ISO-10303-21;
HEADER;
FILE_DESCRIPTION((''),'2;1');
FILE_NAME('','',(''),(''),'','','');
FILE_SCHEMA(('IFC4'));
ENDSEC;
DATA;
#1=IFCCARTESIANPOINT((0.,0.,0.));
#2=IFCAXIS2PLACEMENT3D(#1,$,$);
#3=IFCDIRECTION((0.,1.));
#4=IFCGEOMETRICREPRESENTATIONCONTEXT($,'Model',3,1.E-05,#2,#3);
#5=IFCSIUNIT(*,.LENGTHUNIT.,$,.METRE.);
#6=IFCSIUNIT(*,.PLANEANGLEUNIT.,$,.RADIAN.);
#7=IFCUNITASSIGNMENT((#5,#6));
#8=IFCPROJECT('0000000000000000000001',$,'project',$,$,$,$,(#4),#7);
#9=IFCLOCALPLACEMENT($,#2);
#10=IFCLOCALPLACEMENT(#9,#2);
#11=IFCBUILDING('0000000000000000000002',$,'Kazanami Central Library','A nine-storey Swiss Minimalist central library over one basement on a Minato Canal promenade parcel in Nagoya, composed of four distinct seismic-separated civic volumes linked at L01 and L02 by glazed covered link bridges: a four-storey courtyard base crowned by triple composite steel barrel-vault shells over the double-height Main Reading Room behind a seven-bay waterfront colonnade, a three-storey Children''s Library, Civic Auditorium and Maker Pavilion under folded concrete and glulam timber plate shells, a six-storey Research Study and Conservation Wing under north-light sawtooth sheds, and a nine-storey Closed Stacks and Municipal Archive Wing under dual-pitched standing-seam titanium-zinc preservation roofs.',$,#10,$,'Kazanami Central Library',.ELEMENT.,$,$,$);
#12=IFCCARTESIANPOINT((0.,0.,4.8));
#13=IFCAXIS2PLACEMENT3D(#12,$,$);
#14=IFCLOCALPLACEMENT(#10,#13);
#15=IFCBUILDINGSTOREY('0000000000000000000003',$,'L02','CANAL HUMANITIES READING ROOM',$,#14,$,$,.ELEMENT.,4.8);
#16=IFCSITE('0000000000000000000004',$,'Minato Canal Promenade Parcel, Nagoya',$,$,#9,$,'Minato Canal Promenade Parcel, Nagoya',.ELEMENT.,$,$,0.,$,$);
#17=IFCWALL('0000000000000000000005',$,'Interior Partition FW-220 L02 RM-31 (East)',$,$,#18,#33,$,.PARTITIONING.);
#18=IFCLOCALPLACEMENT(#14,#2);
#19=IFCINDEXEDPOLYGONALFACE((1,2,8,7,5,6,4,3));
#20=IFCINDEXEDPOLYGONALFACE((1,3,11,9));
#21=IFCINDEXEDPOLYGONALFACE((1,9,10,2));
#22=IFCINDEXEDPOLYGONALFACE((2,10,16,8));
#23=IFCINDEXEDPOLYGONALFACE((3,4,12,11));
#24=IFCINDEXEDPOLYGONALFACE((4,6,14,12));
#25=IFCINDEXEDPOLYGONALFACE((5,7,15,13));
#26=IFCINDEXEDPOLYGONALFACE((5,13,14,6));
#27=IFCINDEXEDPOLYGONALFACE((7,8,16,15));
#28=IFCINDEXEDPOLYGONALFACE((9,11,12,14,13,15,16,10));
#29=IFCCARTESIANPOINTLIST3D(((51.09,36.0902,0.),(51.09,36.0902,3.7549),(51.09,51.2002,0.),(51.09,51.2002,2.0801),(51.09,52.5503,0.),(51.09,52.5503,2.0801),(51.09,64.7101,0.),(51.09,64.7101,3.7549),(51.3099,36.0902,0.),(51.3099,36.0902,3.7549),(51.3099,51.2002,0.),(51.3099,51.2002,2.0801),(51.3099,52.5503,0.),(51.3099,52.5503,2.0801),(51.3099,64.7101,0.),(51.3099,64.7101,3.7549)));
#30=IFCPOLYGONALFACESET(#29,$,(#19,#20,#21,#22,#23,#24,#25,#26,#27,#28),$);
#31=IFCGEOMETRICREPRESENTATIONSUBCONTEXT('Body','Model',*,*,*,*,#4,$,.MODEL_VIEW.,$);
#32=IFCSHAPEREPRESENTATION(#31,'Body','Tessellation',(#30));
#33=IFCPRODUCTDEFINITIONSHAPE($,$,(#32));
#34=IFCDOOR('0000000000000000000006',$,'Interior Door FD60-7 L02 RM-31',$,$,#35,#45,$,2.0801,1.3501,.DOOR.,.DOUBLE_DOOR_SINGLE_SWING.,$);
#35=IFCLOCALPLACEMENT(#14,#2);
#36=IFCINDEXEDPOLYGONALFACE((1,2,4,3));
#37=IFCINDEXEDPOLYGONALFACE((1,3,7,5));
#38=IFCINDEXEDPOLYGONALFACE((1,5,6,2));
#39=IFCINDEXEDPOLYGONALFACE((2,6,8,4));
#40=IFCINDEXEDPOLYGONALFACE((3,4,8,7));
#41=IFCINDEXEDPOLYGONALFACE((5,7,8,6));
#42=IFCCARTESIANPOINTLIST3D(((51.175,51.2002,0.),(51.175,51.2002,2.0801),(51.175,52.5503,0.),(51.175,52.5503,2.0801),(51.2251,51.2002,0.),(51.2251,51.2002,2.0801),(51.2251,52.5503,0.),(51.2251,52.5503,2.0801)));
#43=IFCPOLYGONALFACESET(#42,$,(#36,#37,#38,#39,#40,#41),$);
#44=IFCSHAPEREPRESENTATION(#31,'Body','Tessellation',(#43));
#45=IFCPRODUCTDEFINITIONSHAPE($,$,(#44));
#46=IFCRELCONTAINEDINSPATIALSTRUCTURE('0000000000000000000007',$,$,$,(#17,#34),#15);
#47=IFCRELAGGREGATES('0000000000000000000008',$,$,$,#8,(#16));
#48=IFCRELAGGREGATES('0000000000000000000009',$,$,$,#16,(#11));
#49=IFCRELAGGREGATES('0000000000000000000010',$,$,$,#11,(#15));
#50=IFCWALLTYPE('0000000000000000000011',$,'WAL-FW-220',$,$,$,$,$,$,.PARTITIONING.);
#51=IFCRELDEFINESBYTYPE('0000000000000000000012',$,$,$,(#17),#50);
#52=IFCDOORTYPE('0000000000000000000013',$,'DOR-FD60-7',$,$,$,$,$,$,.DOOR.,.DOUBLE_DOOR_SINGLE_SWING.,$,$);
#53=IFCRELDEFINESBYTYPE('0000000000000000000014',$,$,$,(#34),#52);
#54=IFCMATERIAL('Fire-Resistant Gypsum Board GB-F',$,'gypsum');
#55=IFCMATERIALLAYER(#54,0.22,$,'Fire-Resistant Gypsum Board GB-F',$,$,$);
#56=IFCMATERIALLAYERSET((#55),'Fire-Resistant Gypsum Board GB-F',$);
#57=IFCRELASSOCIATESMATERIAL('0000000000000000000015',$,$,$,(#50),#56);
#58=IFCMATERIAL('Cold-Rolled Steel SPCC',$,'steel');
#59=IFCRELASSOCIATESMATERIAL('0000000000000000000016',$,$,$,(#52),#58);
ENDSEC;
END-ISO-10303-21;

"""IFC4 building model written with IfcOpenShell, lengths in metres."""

from ifc_helpers import new_model, si_unit, direction, frame, frame_2d, origin, place, context, subcontext, project, spatial, rectangle, extrude, material, layer, layer_set, type_object, element, fill, save


model = new_model("IFC4")

# Units and contexts
model_context = context("Model", 3, precision=1e-05, world=origin(), true_north=direction((0.0, 1.0)))
body_context = subcontext(model_context, "Body", "Model", "MODEL_VIEW")
ifc_project = project(units=[si_unit("LENGTHUNIT", "METRE"), si_unit("PLANEANGLEUNIT", "RADIAN")], contexts=[model_context])

# Site, building, storey
site_placement = place(None, origin())
site = spatial("IfcSite", under=ifc_project, at=site_placement, Name="Minato Canal Promenade Parcel, Nagoya", LongName="Minato Canal Promenade Parcel, Nagoya", CompositionType="ELEMENT", RefElevation=0.0)
building_placement = place(site_placement, origin())
building = spatial("IfcBuilding", under=site, at=building_placement, Name="Kazanami Central Library", Description="A nine-storey Swiss Minimalist central library over one basement on a Minato Canal promenade parcel in Nagoya, composed of four distinct seismic-separated civic volumes linked at L01 and L02 by glazed covered link bridges: a four-storey courtyard base crowned by triple composite steel barrel-vault shells over the double-height Main Reading Room behind a seven-bay waterfront colonnade, a three-storey Children's Library, Civic Auditorium and Maker Pavilion under folded concrete and glulam timber plate shells, a six-storey Research Study and Conservation Wing under north-light sawtooth sheds, and a nine-storey Closed Stacks and Municipal Archive Wing under dual-pitched standing-seam titanium-zinc preservation roofs.", LongName="Kazanami Central Library", CompositionType="ELEMENT")
storey_placement = place(building_placement, frame((0.0, 0.0, 4.8)))
storey = spatial("IfcBuildingStorey", under=building, at=storey_placement, Name="L02", Description="CANAL HUMANITIES READING ROOM", CompositionType="ELEMENT", Elevation=4.8)

# Shared definitions
ifc_material_1 = material(Name="Fire-Resistant Gypsum Board GB-F", Category="gypsum")
ifc_layer_1 = layer(ifc_material_1, 0.22, Name="Fire-Resistant Gypsum Board GB-F")
ifc_layer_set_1 = layer_set([ifc_layer_1], Name="Fire-Resistant Gypsum Board GB-F")
wall_type_1 = type_object("IfcWallType", Name="WAL-FW-220", PredefinedType="PARTITIONING", material=ifc_layer_set_1)

# Wall, opening, door
wall_1_placement = place(storey_placement, frame((51.2, 36.0901, 0.0), z_axis=(0.0, 0.0, 1.0), x_axis=(0.0, 1.0, 0.0)))
wall_1 = element("IfcWall", 1, at=wall_1_placement, inside=storey, type_object=wall_type_1, Name="Interior Partition FW-220 L02 RM-31 (East)", PredefinedType="PARTITIONING", context=body_context, shape_type="SweptSolid", body=[
    extrude(rectangle(XDim=28.6199, YDim=0.22, at=frame_2d((14.3101, 0.0))), origin(), (0.0, 0.0, 1.0), 3.7549),
])
opening_1_placement = place(wall_1_placement, frame((15.1101, 0.0, 0.0)))
opening_1 = element("IfcOpeningElement", 2, at=opening_1_placement, cuts=wall_1, PredefinedType="OPENING", context=body_context, shape_type="SweptSolid", body=[
    extrude(rectangle(XDim=1.3501, YDim=2.0801, at=frame_2d((0.675, 1.04))), frame((0.0, 0.1221, 0.0), z_axis=(0.0, -1.0, 0.0), x_axis=(1.0, 0.0, 0.0)), (0.0, 0.0, 1.0), 0.2439),
])
ifc_material_2 = material(Name="Cold-Rolled Steel SPCC", Category="steel")
door_type = type_object("IfcDoorType", Name="DOR-FD60-7", OperationType="DOUBLE_DOOR_SINGLE_SWING", PredefinedType="DOOR", material=ifc_material_2)
door_placement = place(opening_1_placement, origin())
door = element("IfcDoor", 3, at=door_placement, inside=storey, type_object=door_type, Name="Interior Door FD60-7 L02 RM-31", OperationType="DOUBLE_DOOR_SINGLE_SWING", OverallHeight=2.0801, OverallWidth=1.3501, PredefinedType="DOOR", context=body_context, shape_type="SweptSolid", body=[
    extrude(rectangle(XDim=1.3501, YDim=2.0801, at=frame_2d((0.675, 1.04))), frame((0.0, 0.0249, 0.0), z_axis=(0.0, -1.0, 0.0), x_axis=(1.0, 0.0, 0.0)), (0.0, 0.0, 1.0), 0.05),
])
fill(opening_1, door)

save(model, "model.ifc")
